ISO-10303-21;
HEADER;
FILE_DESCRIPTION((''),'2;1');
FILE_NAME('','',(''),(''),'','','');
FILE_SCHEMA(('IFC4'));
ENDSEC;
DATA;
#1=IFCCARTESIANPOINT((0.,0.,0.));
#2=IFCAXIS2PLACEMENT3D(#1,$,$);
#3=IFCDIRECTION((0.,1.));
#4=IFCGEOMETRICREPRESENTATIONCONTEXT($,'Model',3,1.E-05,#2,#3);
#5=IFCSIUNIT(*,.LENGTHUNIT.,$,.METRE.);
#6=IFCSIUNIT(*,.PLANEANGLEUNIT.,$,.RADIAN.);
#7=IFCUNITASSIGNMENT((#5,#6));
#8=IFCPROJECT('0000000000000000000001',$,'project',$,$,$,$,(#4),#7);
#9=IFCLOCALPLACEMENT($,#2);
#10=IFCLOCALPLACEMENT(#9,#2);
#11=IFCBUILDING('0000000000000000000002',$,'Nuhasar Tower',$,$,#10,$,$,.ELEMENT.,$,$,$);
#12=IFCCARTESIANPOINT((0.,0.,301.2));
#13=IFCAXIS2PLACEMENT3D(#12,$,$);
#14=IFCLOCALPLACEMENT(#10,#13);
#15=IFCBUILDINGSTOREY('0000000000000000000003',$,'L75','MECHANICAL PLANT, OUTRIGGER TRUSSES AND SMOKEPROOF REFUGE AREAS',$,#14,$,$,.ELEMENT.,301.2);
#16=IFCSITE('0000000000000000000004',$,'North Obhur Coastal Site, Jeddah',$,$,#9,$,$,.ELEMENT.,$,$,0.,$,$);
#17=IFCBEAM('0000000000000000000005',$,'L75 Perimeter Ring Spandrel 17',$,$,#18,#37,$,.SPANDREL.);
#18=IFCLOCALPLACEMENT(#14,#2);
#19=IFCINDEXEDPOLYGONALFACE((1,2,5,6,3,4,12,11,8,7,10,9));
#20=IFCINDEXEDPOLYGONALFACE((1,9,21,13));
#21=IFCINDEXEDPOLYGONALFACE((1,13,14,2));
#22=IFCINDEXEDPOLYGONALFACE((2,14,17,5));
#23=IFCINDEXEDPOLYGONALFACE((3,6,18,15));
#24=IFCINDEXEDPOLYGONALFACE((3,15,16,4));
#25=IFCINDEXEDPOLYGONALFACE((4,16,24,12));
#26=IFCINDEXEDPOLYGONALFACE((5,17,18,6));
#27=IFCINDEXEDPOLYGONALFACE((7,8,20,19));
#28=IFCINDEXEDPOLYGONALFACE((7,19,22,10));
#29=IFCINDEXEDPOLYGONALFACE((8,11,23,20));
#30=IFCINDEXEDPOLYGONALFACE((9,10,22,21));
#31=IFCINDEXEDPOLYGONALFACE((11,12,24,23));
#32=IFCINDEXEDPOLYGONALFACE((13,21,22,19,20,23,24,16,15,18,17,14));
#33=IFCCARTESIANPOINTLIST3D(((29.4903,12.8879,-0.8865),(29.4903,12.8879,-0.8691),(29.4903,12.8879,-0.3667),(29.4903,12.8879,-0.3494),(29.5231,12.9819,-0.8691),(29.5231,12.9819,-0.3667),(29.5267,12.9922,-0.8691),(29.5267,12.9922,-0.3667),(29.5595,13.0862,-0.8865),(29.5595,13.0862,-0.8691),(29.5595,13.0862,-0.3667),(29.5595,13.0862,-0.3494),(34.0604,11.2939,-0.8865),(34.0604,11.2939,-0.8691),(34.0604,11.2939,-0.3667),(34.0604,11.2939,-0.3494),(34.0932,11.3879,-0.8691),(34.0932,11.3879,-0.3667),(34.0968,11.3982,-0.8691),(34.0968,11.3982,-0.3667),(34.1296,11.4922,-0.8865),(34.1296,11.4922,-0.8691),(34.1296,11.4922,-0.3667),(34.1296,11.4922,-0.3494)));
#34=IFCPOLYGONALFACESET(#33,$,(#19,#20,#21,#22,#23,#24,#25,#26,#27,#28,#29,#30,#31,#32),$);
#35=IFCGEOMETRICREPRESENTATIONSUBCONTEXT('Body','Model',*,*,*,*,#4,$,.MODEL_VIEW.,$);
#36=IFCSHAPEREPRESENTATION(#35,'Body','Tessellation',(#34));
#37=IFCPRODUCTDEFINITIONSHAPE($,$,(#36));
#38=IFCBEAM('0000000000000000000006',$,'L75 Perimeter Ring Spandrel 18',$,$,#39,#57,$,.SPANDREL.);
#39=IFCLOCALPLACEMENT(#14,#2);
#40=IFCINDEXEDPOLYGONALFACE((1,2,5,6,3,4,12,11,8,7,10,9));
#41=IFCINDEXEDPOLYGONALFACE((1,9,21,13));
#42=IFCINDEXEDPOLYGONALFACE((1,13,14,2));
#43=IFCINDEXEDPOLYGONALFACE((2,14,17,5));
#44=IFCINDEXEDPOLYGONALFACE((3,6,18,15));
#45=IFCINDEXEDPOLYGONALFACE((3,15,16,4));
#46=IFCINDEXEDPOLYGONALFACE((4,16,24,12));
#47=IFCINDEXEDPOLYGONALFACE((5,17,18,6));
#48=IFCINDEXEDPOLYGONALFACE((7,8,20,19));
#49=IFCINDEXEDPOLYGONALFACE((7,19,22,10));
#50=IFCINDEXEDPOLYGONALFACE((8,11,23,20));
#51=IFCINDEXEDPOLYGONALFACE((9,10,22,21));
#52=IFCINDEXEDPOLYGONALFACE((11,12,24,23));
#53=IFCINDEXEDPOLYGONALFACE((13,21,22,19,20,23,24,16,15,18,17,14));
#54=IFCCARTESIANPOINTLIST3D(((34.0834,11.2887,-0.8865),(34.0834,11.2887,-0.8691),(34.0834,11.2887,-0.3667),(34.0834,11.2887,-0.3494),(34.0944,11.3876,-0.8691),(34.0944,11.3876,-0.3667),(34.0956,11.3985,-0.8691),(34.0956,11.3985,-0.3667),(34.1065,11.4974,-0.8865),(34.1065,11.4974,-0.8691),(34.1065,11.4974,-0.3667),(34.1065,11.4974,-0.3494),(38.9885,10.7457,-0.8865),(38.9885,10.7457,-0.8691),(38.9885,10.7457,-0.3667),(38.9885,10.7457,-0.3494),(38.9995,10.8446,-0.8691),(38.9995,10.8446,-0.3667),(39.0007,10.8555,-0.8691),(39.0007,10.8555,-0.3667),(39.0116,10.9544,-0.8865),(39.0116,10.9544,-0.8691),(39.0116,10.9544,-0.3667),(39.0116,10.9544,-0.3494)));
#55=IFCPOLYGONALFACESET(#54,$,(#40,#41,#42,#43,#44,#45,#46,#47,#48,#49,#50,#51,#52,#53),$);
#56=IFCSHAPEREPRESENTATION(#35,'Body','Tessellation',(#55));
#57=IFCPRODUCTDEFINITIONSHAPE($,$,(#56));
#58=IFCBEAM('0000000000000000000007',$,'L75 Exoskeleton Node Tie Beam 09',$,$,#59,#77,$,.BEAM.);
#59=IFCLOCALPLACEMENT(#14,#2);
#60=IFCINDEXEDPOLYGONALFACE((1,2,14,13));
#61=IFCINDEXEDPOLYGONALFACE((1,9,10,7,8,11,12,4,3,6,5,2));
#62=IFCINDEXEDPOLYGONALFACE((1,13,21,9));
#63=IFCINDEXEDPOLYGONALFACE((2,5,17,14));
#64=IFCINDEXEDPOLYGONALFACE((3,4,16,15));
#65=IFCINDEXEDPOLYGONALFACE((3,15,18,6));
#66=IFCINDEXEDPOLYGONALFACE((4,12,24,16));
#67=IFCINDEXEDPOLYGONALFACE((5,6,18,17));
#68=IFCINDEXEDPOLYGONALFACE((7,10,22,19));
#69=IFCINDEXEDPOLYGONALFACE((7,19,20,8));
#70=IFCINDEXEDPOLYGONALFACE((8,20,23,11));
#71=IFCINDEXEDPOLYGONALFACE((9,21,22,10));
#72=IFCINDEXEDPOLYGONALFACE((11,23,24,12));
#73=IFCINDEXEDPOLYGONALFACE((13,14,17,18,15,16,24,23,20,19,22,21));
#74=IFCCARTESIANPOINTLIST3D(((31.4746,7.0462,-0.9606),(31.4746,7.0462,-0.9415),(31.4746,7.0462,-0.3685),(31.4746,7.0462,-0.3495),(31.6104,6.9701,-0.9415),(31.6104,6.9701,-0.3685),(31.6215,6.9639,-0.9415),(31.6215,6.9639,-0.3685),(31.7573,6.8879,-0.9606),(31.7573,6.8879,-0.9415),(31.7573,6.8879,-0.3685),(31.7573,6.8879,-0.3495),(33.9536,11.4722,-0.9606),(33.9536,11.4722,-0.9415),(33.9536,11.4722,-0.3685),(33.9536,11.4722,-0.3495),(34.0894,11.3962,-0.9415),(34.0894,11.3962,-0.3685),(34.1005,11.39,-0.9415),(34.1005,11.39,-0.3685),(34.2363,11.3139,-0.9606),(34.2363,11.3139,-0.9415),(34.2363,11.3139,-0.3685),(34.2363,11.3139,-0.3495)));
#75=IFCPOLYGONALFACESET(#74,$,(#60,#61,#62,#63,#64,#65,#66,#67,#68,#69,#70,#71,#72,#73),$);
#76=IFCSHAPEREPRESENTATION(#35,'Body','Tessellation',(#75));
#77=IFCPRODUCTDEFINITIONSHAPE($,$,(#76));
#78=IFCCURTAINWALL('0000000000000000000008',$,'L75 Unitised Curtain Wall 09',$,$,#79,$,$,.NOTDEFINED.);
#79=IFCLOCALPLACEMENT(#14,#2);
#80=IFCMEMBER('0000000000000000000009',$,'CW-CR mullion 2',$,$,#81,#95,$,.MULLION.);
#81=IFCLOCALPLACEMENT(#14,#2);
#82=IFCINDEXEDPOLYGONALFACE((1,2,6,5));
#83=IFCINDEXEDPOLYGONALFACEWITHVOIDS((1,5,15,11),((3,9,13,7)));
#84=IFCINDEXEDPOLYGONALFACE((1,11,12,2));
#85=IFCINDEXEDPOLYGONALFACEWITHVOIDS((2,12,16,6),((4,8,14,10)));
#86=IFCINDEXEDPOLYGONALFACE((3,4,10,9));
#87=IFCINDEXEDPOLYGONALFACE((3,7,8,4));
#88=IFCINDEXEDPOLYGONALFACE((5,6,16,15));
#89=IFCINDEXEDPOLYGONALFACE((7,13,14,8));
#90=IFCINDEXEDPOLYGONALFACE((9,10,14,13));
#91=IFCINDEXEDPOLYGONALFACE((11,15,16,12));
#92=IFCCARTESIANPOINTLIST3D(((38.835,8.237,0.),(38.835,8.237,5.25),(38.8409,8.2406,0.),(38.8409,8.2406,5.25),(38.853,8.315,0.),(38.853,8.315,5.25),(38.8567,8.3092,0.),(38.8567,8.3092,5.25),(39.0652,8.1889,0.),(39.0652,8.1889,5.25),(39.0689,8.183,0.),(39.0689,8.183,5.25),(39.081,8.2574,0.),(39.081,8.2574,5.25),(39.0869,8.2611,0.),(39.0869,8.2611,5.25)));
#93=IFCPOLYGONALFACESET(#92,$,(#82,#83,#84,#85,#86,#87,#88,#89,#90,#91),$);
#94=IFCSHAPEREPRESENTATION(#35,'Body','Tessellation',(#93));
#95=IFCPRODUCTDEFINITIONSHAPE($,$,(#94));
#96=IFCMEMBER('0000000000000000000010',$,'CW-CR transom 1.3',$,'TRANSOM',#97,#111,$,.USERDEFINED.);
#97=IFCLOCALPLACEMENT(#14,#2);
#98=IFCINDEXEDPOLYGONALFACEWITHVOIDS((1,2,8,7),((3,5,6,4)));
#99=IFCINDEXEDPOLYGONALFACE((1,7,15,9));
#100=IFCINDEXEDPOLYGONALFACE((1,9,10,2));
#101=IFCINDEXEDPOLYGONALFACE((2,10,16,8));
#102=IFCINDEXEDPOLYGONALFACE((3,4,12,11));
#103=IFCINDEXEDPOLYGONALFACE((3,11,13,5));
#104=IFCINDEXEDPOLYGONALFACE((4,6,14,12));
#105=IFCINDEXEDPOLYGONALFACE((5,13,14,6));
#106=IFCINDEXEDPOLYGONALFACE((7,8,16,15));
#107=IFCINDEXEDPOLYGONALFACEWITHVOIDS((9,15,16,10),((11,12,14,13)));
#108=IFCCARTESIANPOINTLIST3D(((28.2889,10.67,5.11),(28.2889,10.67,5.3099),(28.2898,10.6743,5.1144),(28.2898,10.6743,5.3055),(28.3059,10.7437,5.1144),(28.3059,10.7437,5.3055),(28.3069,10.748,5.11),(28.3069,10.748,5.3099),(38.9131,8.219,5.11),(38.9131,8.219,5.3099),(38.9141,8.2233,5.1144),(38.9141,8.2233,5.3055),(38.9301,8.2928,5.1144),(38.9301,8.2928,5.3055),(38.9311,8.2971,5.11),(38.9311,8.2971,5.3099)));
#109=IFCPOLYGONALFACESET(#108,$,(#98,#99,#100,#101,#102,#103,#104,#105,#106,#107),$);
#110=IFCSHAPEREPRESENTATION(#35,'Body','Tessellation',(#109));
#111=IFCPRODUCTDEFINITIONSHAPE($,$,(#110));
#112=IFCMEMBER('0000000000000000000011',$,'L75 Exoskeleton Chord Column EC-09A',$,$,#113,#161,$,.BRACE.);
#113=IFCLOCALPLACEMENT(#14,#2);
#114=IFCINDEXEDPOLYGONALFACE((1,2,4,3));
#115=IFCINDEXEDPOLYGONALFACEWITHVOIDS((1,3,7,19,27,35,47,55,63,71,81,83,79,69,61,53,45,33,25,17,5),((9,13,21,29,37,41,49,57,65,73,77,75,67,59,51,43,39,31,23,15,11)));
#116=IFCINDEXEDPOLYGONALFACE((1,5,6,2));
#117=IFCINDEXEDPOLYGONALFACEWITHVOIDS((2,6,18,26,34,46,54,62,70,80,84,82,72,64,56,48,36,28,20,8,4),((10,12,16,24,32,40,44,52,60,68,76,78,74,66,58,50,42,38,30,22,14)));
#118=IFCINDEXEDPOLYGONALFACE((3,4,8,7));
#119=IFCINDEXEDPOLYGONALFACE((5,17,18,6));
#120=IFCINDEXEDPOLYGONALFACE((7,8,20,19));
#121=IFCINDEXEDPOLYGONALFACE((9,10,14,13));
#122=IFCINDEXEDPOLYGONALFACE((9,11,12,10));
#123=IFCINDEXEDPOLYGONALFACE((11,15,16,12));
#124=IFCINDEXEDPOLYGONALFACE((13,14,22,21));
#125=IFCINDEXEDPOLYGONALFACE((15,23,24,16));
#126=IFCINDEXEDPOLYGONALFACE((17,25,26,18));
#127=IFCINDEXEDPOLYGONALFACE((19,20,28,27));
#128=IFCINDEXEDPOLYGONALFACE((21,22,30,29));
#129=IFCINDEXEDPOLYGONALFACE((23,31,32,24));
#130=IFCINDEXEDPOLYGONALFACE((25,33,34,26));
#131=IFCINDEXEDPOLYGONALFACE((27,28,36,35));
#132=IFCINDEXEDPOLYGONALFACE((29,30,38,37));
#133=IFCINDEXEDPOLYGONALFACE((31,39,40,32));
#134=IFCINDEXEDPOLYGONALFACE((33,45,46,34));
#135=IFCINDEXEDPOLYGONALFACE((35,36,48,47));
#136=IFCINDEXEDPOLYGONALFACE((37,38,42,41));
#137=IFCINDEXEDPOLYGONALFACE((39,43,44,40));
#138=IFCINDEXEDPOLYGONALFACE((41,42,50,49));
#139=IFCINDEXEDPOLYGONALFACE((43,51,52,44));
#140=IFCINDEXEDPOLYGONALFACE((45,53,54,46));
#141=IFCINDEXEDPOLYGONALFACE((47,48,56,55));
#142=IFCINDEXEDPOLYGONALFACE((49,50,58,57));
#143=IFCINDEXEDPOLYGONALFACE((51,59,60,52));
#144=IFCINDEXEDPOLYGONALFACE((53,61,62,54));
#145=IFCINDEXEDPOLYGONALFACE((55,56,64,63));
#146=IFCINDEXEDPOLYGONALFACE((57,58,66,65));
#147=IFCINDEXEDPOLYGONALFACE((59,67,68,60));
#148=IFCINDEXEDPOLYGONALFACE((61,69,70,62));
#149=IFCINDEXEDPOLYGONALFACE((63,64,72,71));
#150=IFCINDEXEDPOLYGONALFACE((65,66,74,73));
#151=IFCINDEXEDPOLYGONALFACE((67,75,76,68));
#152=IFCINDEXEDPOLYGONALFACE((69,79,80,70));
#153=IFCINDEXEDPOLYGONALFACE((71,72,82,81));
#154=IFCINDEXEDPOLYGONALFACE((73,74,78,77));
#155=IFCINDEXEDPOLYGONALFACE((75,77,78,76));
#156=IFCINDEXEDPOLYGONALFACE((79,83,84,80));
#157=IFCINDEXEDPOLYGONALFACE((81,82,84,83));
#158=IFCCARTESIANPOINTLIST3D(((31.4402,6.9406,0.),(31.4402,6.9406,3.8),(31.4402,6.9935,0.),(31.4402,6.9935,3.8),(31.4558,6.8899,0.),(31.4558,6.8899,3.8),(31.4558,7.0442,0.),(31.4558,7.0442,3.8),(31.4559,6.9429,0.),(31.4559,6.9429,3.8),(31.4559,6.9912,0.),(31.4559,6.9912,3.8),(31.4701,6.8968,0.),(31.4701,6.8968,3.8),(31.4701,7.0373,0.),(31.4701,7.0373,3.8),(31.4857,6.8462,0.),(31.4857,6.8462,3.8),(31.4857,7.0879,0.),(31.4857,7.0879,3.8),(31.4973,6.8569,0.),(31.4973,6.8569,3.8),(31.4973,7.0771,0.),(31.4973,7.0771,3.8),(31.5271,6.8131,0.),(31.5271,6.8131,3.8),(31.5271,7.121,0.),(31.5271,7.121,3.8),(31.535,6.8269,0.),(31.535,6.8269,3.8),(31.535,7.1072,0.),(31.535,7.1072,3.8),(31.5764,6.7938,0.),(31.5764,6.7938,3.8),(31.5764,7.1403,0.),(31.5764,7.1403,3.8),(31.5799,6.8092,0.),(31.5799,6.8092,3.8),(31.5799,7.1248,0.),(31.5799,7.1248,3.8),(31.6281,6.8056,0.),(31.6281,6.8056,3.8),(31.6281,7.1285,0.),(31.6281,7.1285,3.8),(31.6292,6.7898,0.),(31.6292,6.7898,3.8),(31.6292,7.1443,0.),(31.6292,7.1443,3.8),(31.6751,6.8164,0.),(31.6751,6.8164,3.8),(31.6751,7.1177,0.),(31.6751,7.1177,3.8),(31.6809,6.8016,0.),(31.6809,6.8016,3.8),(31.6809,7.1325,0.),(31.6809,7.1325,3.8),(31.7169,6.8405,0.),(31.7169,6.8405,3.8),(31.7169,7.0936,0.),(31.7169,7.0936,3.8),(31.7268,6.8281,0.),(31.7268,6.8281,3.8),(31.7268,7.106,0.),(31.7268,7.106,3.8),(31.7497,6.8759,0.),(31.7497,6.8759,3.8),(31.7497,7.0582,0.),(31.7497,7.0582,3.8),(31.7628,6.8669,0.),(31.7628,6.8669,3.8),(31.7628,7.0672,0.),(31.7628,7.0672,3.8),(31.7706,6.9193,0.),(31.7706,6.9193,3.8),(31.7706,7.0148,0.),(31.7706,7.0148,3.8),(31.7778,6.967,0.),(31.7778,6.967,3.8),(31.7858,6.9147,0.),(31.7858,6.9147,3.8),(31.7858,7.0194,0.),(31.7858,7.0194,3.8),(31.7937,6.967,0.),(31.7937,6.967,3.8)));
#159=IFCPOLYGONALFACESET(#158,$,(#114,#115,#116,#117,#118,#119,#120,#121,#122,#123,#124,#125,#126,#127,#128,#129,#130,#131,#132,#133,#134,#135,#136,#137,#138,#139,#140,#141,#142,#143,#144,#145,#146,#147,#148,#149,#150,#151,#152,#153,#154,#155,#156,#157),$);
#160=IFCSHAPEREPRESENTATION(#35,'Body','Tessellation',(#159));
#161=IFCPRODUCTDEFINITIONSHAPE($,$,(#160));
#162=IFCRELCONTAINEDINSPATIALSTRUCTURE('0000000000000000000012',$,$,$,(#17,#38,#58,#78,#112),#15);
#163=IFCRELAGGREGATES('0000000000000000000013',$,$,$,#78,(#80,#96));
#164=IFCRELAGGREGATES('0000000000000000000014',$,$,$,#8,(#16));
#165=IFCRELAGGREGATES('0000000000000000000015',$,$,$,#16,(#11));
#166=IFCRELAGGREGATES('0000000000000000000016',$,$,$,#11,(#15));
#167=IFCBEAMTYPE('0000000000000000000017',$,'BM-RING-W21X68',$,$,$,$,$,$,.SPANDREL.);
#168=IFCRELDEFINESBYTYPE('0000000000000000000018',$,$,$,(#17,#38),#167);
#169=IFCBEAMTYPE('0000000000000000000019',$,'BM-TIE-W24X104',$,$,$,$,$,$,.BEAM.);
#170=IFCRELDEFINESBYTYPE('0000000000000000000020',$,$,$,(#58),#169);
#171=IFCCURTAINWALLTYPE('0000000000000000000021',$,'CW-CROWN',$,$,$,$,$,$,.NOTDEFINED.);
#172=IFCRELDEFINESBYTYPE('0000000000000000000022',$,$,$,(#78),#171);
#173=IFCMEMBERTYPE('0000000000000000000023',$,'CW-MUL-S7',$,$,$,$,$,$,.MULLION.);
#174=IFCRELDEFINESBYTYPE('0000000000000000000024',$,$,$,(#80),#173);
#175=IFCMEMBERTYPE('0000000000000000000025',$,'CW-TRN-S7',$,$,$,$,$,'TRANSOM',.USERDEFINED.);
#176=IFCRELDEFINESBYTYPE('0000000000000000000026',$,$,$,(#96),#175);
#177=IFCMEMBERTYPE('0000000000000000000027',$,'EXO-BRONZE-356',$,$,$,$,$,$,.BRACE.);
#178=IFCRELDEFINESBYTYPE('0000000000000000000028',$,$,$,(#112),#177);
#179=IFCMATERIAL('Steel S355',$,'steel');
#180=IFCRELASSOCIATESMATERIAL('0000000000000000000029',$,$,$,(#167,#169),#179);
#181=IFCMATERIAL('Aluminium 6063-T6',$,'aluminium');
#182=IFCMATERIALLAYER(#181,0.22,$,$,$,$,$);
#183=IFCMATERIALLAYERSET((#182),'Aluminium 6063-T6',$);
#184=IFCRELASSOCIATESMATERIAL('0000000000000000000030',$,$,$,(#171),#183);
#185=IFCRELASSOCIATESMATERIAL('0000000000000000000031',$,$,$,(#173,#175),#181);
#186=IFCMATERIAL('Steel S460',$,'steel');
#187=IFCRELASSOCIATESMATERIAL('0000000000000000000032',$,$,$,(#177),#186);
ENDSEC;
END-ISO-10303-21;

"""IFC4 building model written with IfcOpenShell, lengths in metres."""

from ifc_helpers import new_model, si_unit, direction, frame, origin, origin_2d, place, context, subcontext, project, spatial, hollow_rectangle, hollow_circle, i_section, extrude, material, layer, layer_set, material_profile, profile_set, type_object, element, aggregate, save


model = new_model("IFC4")

# Units and contexts
model_context = context("Model", 3, precision=1e-05, world=origin(), true_north=direction((0.0, 1.0)))
body_context = subcontext(model_context, "Body", "Model", "MODEL_VIEW")
ifc_project = project(units=[si_unit("LENGTHUNIT", "METRE"), si_unit("PLANEANGLEUNIT", "RADIAN")], contexts=[model_context])

# Site, building, storey
site_placement = place(None, origin())
site = spatial("IfcSite", under=ifc_project, at=site_placement, Name="North Obhur Coastal Site, Jeddah", CompositionType="ELEMENT", RefElevation=0.0)
building_placement = place(site_placement, origin())
building = spatial("IfcBuilding", under=site, at=building_placement, Name="Nuhasar Tower", CompositionType="ELEMENT")
storey_placement = place(building_placement, frame((0.0, 0.0, 301.2)))
storey = spatial("IfcBuildingStorey", under=building, at=storey_placement, Name="L75", Description="MECHANICAL PLANT, OUTRIGGER TRUSSES AND SMOKEPROOF REFUGE AREAS", CompositionType="ELEMENT", Elevation=301.2)

# Shared definitions
ifc_material_1 = material(Name="Steel S460", Category="steel")

# Beams
ifc_material_2 = material(Name="Steel S355", Category="steel")
ifc_material_profile_1 = material_profile(ifc_material_2, i_section(OverallWidth=0.21, OverallDepth=0.5371, WebThickness=0.011, FlangeThickness=0.0173, at=origin_2d()), Name="W21X68")
ifc_profile_set_1 = profile_set([ifc_material_profile_1], Name="Steel S355")
beam_type_1 = type_object("IfcBeamType", Name="BM-RING-W21X68", PredefinedType="SPANDREL", material=ifc_profile_set_1)
beam_1_placement = place(storey_placement, frame((29.5249, 12.9871, -0.6179), z_axis=(0.944214, -0.329332, 0.0), x_axis=(0.329332, 0.944214, 0.0)))
element("IfcBeam", 1, at=beam_1_placement, inside=storey, type_object=beam_type_1, Name="L75 Perimeter Ring Spandrel 17", PredefinedType="SPANDREL", context=body_context, shape_type="SweptSolid", body=[
    extrude(i_section(OverallWidth=0.21, OverallDepth=0.5371, WebThickness=0.011, FlangeThickness=0.0173, at=origin_2d()), origin(), (0.0, 0.0, 1.0), 4.8401),
])
beam_2_placement = place(storey_placement, frame((34.095, 11.3931, -0.6179), z_axis=(0.993929, -0.110024, 0.0), x_axis=(0.110024, 0.993929, 0.0)))
element("IfcBeam", 2, at=beam_2_placement, inside=storey, type_object=beam_type_1, Name="L75 Perimeter Ring Spandrel 18", PredefinedType="SPANDREL", context=body_context, shape_type="SweptSolid", body=[
    extrude(i_section(OverallWidth=0.21, OverallDepth=0.5371, WebThickness=0.011, FlangeThickness=0.0173, at=origin_2d()), origin(), (0.0, 0.0, 1.0), 4.9351),
])
ifc_material_profile_2 = material_profile(ifc_material_2, i_section(OverallWidth=0.324, OverallDepth=0.6111, WebThickness=0.0127, FlangeThickness=0.019, at=origin_2d()), Name="W24X104")
ifc_profile_set_2 = profile_set([ifc_material_profile_2], Name="Steel S355")
beam_type_2 = type_object("IfcBeamType", Name="BM-TIE-W24X104", PredefinedType="BEAM", material=ifc_profile_set_2)
beam_3_placement = place(storey_placement, frame((34.095, 11.3931, -0.655), z_axis=(-0.488668, -0.87247, 0.0), x_axis=(0.87247, -0.488668, 0.0)))
element("IfcBeam", 3, at=beam_3_placement, inside=storey, type_object=beam_type_2, Name="L75 Exoskeleton Node Tie Beam 09", PredefinedType="BEAM", context=body_context, shape_type="SweptSolid", body=[
    extrude(i_section(OverallWidth=0.324, OverallDepth=0.6111, WebThickness=0.0127, FlangeThickness=0.019, at=origin_2d()), origin(), (0.0, 0.0, 1.0), 5.073),
])

# Curtain wall, members
ifc_material_3 = material(Name="Aluminium 6063-T6", Category="aluminium")
ifc_layer_1 = layer(ifc_material_3, 0.22)
ifc_layer_set_1 = layer_set([ifc_layer_1], Name="Aluminium 6063-T6")
curtain_wall_type = type_object("IfcCurtainWallType", Name="CW-CROWN", PredefinedType="NOTDEFINED", material=ifc_layer_set_1)
curtain_wall_placement = place(storey_placement, origin())
curtain_wall = element("IfcCurtainWall", 4, at=curtain_wall_placement, inside=storey, type_object=curtain_wall_type, Name="L75 Unitised Curtain Wall 09", PredefinedType="NOTDEFINED")
ifc_material_profile_3 = material_profile(ifc_material_3, hollow_rectangle(XDim=0.0801, YDim=0.24, WallThickness=0.0049, at=origin_2d()), Name="CWM-7")
ifc_profile_set_3 = profile_set([ifc_material_profile_3], Name="Aluminium 6063-T6")
member_type_1 = type_object("IfcMemberType", Name="CW-MUL-S7", PredefinedType="MULLION", material=ifc_profile_set_3)
member_1_placement = place(storey_placement, frame((38.9609, 8.249, 0.0), z_axis=(0.0, 0.0, 1.0), x_axis=(0.2248, 0.974405, 0.0)))
member_1 = element("IfcMember", 5, at=member_1_placement, type_object=member_type_1, Name="CW-CR mullion 2", PredefinedType="MULLION", context=body_context, shape_type="SweptSolid", body=[
    extrude(hollow_rectangle(XDim=0.0801, YDim=0.24, WallThickness=0.0049, at=origin_2d()), origin(), (0.0, 0.0, 1.0), 5.25),
])
ifc_material_profile_4 = material_profile(ifc_material_3, hollow_rectangle(XDim=0.0801, YDim=0.2, WallThickness=0.0044, at=origin_2d()), Name="CWT-7")
ifc_profile_set_4 = profile_set([ifc_material_profile_4], Name="Aluminium 6063-T6")
member_type_2 = type_object("IfcMemberType", Name="CW-TRN-S7", ElementType="TRANSOM", PredefinedType="USERDEFINED", material=ifc_profile_set_4)
member_2_placement = place(storey_placement, frame((28.2979, 10.709, 5.21), z_axis=(0.974408, -0.224788, 0.0), x_axis=(0.224788, 0.974408, 0.0)))
member_2 = element("IfcMember", 6, at=member_2_placement, type_object=member_type_2, Name="CW-CR transom 1.3", ObjectType="TRANSOM", PredefinedType="USERDEFINED", context=body_context, shape_type="SweptSolid", body=[
    extrude(hollow_rectangle(XDim=0.0801, YDim=0.2, WallThickness=0.0044, at=origin_2d()), origin(), (0.0, 0.0, 1.0), 10.9033),
])

# Member
ifc_material_profile_5 = material_profile(ifc_material_1, hollow_circle(Radius=0.1777, WallThickness=0.0159, at=origin_2d()), Name="HSS355.6X15.9")
ifc_profile_set_5 = profile_set([ifc_material_profile_5], Name="Steel S460")
member_type_3 = type_object("IfcMemberType", Name="EXO-BRONZE-356", PredefinedType="BRACE", material=ifc_profile_set_5)
for number, where, z_axis, x_axis, name in (
    (7, (31.616, 6.967, 0.0), (0.0, 0.0, 1.0), (1.0, 0.0, 0.0), "L75 Exoskeleton Chord Column EC-09A"),
):
    element("IfcMember", number, at=place(storey_placement, frame(where, z_axis=z_axis, x_axis=x_axis)), inside=storey, type_object=member_type_3, Name=name, PredefinedType="BRACE", context=body_context, shape_type="SweptSolid", body=[
        extrude(hollow_circle(Radius=0.1777, WallThickness=0.0159, at=origin_2d()), origin(), (0.0, 0.0, 1.0), 3.8),
    ])

aggregate(curtain_wall, [member_1, member_2])

save(model, "model.ifc")
